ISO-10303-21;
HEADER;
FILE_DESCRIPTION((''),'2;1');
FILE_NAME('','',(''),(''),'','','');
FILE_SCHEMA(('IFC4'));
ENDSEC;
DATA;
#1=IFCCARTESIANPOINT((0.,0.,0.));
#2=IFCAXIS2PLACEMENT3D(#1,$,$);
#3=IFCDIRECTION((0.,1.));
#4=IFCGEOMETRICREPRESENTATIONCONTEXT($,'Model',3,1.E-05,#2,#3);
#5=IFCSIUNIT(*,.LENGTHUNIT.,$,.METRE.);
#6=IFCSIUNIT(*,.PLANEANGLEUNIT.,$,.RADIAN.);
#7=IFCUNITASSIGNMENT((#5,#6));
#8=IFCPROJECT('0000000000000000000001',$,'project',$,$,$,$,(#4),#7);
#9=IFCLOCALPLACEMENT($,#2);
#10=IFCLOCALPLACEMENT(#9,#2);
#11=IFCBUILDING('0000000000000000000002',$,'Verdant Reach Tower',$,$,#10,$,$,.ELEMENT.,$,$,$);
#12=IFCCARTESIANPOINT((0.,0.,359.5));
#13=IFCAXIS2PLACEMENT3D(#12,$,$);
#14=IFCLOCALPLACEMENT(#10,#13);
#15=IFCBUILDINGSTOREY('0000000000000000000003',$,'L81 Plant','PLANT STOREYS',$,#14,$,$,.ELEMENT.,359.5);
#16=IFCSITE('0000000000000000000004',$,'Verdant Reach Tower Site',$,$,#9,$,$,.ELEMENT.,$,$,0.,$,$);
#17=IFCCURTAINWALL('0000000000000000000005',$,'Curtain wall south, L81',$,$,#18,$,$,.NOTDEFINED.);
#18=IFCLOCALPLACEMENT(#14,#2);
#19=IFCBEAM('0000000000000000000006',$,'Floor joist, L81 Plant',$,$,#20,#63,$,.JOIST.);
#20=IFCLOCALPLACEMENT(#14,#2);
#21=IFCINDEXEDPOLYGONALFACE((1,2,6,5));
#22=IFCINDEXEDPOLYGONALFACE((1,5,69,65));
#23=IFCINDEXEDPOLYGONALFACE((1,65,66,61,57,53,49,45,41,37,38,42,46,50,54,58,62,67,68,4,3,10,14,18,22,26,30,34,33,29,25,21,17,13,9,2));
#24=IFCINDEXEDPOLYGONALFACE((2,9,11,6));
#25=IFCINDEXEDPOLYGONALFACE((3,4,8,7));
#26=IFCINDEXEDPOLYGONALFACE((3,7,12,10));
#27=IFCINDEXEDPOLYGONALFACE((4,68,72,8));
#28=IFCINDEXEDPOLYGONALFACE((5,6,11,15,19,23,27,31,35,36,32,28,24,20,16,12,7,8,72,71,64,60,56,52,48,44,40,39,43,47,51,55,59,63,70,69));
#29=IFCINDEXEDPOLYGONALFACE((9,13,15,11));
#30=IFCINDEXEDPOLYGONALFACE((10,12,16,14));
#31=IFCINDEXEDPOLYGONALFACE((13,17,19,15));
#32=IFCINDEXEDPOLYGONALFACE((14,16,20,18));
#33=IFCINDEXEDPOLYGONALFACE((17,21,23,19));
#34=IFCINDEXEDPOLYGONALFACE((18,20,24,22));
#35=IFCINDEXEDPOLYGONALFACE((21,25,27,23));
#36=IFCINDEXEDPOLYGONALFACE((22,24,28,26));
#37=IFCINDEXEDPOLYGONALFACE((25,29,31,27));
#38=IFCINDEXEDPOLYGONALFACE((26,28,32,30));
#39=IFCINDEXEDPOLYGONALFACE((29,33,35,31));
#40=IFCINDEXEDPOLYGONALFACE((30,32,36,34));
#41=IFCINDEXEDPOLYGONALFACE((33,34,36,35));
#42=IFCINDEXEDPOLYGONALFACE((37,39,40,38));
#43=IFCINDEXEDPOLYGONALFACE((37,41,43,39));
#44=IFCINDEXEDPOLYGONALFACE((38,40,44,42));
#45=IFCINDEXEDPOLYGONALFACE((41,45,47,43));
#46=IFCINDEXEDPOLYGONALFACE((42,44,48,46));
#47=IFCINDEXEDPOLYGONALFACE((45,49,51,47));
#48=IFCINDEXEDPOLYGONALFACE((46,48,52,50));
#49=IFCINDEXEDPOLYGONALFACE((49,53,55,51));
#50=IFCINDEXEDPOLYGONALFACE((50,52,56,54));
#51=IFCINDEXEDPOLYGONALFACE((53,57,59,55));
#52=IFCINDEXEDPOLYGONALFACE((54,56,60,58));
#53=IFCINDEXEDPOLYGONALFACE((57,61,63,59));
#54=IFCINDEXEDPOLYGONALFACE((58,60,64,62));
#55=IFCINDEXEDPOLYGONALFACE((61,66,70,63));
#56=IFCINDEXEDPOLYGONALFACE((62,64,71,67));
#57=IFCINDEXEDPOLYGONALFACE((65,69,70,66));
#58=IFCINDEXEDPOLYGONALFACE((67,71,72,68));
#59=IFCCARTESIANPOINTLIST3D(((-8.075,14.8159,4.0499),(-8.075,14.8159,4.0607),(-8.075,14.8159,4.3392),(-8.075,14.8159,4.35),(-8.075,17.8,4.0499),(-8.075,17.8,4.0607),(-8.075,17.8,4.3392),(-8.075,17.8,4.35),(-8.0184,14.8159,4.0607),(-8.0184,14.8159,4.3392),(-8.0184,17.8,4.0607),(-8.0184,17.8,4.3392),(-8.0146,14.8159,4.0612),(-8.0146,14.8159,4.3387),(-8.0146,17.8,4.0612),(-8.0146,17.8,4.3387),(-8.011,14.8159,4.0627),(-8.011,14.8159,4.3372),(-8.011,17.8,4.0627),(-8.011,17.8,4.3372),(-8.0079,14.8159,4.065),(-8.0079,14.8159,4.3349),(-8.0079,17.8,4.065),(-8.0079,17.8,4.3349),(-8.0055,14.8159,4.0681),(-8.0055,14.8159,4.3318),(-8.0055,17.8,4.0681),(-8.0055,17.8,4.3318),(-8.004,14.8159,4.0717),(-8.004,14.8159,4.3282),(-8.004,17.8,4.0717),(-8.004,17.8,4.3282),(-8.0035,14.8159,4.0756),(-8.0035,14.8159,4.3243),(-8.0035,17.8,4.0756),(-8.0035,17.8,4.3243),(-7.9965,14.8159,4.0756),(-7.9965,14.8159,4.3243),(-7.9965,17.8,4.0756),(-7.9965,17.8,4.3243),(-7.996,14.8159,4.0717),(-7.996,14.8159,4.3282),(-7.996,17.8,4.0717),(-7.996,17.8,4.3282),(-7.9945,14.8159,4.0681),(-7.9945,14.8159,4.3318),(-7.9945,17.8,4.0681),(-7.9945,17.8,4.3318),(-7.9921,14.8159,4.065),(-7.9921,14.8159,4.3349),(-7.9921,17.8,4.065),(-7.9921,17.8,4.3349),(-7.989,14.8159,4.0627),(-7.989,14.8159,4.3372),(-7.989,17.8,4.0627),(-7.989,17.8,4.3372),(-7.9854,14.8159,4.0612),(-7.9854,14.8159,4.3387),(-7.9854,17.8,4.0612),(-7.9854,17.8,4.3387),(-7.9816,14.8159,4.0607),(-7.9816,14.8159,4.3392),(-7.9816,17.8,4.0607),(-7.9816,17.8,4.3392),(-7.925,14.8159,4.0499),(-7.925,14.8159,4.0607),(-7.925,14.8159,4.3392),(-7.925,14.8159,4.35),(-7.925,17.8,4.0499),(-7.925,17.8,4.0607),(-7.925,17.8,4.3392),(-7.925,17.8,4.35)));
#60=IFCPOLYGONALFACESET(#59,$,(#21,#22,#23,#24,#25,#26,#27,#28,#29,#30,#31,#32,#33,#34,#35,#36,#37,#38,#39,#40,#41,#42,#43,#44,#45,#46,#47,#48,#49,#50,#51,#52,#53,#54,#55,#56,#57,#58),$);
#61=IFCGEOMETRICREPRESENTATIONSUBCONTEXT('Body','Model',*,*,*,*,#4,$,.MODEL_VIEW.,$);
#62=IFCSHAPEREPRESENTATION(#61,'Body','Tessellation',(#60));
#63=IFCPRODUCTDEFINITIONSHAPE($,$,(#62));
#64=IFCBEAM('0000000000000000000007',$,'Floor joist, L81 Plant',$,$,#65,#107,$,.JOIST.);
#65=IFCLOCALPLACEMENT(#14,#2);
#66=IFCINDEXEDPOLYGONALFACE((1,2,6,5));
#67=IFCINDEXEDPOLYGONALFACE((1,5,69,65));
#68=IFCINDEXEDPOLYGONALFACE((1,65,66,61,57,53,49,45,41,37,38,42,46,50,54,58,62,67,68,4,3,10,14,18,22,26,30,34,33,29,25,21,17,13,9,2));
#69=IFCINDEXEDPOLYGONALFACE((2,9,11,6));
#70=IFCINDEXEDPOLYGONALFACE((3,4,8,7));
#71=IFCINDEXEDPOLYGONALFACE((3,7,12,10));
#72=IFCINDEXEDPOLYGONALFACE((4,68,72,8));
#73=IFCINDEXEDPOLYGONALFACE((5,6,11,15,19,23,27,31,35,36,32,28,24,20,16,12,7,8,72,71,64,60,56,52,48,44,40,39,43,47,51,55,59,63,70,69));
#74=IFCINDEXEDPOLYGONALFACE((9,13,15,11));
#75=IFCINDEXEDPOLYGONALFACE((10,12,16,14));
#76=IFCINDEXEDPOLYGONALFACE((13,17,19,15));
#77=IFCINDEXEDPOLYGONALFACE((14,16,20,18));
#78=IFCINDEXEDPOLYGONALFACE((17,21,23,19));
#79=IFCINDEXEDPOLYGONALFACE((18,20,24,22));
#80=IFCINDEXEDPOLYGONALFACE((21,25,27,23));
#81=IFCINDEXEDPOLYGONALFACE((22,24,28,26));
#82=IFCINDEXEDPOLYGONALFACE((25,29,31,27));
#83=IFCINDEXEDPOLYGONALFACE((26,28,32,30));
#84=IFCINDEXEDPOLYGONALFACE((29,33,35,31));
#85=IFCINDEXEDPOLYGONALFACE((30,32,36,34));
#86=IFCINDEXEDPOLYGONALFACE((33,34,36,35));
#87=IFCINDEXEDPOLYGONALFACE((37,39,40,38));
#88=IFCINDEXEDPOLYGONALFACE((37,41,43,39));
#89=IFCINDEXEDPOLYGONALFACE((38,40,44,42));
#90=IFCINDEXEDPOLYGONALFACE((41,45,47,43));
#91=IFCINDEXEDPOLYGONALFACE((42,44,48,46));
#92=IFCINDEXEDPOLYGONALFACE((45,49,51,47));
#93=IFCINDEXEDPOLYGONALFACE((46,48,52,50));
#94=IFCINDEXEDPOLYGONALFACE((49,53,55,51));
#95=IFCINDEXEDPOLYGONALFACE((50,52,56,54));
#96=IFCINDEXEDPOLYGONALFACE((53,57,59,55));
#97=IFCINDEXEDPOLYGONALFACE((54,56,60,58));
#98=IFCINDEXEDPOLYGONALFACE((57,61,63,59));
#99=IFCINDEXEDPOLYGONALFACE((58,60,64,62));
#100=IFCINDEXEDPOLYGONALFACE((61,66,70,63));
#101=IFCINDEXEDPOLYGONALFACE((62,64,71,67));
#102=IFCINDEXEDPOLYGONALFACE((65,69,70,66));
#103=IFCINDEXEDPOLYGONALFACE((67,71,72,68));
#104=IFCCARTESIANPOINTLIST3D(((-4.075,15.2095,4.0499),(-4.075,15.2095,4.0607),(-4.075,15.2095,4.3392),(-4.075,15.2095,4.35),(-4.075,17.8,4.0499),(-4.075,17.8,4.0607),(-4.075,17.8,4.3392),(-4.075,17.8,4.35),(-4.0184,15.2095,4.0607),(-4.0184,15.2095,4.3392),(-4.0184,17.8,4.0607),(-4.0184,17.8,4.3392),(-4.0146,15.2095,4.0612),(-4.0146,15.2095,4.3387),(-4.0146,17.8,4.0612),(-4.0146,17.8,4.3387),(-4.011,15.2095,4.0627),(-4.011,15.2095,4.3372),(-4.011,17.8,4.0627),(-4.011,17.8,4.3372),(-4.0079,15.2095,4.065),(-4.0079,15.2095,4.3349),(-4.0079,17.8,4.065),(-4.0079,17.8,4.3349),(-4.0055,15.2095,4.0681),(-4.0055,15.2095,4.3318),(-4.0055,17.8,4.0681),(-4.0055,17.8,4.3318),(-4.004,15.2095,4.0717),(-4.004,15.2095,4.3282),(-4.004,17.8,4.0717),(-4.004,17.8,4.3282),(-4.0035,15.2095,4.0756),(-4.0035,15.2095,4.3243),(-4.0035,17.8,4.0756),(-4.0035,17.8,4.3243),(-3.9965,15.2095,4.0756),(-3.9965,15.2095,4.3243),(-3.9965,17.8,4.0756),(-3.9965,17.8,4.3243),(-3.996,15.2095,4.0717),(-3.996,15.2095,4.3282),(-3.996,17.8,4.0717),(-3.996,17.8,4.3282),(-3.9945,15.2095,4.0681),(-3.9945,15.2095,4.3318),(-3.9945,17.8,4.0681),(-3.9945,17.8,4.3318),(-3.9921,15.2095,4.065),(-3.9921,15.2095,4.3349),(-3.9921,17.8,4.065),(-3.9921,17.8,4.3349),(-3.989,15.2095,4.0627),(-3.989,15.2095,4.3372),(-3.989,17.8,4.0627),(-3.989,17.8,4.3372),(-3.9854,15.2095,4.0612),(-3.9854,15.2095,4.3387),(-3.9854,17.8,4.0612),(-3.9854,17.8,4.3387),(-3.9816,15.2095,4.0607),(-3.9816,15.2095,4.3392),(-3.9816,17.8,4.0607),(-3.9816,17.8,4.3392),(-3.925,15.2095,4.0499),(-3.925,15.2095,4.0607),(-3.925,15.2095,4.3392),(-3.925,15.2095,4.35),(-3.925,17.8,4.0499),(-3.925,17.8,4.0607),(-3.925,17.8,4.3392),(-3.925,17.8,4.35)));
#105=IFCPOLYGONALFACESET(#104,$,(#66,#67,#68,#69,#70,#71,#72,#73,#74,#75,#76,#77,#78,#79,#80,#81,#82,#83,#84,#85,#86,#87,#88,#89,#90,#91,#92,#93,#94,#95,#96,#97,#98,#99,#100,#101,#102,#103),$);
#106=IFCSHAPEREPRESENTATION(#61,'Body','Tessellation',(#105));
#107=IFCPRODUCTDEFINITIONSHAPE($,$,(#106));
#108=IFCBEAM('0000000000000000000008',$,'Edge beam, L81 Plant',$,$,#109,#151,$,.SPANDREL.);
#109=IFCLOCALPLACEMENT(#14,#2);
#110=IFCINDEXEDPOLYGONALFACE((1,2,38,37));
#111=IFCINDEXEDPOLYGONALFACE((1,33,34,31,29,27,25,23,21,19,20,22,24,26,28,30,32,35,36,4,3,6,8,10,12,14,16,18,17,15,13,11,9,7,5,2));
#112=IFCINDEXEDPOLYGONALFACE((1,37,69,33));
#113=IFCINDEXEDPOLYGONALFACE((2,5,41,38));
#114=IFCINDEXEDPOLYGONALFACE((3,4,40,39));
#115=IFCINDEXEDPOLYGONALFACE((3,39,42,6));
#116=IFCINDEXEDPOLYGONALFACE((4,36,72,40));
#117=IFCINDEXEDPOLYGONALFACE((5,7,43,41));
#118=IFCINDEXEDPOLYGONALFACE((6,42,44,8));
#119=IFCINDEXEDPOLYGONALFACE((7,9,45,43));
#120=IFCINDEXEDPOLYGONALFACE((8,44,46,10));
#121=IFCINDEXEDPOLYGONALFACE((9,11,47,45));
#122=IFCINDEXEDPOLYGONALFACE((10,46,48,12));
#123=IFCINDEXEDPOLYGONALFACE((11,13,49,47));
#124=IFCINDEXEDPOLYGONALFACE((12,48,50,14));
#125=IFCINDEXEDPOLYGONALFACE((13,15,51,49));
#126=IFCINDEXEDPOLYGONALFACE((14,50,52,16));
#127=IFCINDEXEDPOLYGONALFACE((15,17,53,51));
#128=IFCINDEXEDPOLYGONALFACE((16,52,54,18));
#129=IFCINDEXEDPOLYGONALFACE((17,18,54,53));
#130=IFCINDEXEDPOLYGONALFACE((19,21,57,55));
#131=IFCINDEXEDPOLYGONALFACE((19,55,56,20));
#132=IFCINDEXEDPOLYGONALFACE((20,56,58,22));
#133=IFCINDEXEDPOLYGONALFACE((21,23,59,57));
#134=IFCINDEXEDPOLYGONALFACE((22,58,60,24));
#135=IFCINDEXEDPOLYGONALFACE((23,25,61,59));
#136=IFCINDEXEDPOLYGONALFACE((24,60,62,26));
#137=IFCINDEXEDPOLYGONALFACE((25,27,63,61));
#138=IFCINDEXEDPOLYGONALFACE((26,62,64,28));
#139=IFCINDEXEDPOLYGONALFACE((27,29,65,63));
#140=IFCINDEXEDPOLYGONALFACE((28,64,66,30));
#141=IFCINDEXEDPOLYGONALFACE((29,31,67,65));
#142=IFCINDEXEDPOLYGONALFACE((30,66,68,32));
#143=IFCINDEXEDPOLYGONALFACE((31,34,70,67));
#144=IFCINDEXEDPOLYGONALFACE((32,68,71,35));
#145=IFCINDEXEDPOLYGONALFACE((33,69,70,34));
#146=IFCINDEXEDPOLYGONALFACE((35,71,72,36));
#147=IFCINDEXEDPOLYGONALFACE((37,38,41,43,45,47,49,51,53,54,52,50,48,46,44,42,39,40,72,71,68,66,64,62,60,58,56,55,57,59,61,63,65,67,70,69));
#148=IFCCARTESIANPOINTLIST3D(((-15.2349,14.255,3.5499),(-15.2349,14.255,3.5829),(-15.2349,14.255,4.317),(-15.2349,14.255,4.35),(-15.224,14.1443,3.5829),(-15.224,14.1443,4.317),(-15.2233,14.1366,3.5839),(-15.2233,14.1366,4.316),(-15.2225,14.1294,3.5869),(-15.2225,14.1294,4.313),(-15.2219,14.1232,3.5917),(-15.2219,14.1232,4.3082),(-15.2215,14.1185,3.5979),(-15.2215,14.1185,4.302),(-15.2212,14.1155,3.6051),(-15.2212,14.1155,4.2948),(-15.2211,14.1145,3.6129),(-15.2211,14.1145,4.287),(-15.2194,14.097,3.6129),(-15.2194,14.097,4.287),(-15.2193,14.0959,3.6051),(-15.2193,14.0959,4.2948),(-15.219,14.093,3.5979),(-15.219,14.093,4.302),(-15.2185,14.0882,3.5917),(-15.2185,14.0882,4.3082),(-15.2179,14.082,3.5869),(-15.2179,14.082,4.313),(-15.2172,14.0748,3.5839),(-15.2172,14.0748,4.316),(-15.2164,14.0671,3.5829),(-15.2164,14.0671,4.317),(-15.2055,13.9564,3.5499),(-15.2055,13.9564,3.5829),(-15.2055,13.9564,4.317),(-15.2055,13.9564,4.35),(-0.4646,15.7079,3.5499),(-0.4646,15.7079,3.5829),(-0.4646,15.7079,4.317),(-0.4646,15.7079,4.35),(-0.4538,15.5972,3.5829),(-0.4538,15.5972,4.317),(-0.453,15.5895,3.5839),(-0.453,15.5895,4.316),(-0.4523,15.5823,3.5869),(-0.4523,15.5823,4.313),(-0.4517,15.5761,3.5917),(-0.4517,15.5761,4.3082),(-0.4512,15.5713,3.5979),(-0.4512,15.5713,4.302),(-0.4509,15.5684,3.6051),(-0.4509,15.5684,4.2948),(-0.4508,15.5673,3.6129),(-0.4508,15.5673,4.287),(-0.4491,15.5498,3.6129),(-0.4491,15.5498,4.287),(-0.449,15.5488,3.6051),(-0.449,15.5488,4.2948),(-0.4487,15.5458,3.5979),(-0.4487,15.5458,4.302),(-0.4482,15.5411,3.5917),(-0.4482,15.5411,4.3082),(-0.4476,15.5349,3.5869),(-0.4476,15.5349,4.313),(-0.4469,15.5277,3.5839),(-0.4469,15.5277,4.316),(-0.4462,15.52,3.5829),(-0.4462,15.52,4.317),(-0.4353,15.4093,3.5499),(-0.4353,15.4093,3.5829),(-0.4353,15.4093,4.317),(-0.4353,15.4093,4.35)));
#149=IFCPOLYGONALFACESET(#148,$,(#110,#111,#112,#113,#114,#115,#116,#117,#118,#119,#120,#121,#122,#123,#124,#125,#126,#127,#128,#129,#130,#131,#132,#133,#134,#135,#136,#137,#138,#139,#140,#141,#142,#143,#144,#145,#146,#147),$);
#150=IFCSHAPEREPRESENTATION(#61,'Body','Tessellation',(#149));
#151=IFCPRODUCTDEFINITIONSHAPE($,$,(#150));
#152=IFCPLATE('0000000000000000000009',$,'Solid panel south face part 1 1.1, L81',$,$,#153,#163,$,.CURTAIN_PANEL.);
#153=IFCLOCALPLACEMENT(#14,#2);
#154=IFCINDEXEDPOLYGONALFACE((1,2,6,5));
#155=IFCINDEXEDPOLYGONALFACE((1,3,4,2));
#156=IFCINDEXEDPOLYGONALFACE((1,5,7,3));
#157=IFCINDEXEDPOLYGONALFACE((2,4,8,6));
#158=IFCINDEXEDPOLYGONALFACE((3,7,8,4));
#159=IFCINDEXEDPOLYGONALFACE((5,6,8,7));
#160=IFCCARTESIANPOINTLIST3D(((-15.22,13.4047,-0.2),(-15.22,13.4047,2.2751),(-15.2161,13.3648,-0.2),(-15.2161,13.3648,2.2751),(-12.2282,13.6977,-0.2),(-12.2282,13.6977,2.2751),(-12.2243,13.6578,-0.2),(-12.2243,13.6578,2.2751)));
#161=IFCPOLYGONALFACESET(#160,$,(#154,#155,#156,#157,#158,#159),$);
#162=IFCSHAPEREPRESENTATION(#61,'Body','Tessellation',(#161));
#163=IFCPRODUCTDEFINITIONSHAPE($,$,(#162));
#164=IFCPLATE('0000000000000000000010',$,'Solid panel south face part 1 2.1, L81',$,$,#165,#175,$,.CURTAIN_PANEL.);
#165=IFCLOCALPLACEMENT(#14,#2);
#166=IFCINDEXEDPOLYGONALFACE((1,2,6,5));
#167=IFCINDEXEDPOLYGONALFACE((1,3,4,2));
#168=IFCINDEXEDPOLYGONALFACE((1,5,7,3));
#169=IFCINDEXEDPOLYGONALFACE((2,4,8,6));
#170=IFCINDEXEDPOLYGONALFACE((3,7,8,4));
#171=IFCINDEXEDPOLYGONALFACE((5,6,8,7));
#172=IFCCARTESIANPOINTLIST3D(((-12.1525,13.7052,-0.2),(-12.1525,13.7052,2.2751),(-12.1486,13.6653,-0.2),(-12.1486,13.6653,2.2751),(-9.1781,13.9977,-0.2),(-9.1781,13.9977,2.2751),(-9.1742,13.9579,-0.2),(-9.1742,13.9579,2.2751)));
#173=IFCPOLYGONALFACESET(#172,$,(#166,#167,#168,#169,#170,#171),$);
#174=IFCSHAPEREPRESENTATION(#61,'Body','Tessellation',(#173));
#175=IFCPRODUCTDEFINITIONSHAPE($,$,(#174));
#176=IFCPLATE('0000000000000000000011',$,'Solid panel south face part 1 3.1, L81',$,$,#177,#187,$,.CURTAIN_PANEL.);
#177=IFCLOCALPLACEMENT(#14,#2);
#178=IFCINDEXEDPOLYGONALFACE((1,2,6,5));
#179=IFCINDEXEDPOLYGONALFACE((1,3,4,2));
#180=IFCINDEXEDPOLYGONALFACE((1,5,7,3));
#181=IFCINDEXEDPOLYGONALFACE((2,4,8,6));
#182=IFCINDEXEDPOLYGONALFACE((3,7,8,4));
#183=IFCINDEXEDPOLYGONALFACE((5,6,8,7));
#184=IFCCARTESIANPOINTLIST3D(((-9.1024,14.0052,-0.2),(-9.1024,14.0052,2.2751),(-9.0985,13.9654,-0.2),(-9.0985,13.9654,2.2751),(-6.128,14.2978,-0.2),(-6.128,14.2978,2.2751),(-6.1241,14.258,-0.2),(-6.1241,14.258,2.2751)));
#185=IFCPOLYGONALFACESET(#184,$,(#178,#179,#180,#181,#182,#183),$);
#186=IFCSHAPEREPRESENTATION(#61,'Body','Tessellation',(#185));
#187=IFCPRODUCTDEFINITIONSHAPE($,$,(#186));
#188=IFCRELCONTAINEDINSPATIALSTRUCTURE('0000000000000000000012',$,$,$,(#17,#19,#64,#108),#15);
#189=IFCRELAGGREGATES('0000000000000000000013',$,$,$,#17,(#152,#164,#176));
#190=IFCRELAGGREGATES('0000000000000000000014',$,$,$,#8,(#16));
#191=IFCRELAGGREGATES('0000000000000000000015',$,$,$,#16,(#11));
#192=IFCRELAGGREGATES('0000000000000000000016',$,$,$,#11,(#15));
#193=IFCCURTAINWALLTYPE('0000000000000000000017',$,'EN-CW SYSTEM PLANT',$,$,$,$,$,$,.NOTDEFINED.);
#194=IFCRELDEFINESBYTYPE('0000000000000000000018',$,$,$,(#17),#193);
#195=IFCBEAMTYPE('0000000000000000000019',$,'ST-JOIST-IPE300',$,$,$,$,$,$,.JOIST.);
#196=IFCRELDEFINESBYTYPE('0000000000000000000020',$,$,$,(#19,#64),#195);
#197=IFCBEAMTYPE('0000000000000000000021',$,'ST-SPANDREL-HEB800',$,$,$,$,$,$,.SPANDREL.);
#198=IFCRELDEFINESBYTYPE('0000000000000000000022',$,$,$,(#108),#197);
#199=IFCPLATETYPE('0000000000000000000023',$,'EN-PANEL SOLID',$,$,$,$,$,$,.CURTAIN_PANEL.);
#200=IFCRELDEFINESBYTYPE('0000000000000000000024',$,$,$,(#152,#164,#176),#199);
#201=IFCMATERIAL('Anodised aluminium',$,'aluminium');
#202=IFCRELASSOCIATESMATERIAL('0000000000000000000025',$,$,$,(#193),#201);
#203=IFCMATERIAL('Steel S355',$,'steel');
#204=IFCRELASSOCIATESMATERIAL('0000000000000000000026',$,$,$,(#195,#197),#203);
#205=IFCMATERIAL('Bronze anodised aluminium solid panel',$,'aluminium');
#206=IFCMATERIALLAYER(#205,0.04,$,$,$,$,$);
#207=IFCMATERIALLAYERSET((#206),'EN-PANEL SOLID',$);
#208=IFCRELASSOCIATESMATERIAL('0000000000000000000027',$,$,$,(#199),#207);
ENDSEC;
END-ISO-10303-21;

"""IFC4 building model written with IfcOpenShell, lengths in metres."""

from ifc_helpers import new_model, si_unit, direction, frame, origin, origin_2d, place, context, subcontext, project, spatial, rectangle, i_section, extrude, material, layer, layer_set, material_profile, profile_set, type_object, element, aggregate, save


model = new_model("IFC4")

# Units and contexts
model_context = context("Model", 3, precision=1e-05, world=origin(), true_north=direction((0.0, 1.0)))
body_context = subcontext(model_context, "Body", "Model", "MODEL_VIEW")
ifc_project = project(units=[si_unit("LENGTHUNIT", "METRE"), si_unit("PLANEANGLEUNIT", "RADIAN")], contexts=[model_context])

# Site, building, storey
site_placement = place(None, origin())
site = spatial("IfcSite", under=ifc_project, at=site_placement, Name="Verdant Reach Tower Site", CompositionType="ELEMENT", RefElevation=0.0)
building_placement = place(site_placement, origin())
building = spatial("IfcBuilding", under=site, at=building_placement, Name="Verdant Reach Tower", CompositionType="ELEMENT")
storey_placement = place(building_placement, frame((0.0, 0.0, 359.5)))
storey = spatial("IfcBuildingStorey", under=building, at=storey_placement, Name="L81 Plant", Description="PLANT STOREYS", CompositionType="ELEMENT", Elevation=359.5)

# Curtain wall
ifc_material_1 = material(Name="Anodised aluminium", Category="aluminium")
curtain_wall_type = type_object("IfcCurtainWallType", Name="EN-CW SYSTEM PLANT", PredefinedType="NOTDEFINED", material=ifc_material_1)
curtain_wall_placement = place(storey_placement, origin())
curtain_wall = element("IfcCurtainWall", 1, at=curtain_wall_placement, inside=storey, type_object=curtain_wall_type, Name="Curtain wall south, L81", PredefinedType="NOTDEFINED")

# Beams
ifc_material_2 = material(Name="Steel S355", Category="steel")
ifc_material_profile_1 = material_profile(ifc_material_2, i_section(OverallWidth=0.1499, OverallDepth=0.3, WebThickness=0.0071, FlangeThickness=0.0107, FilletRadius=0.0149, at=origin_2d()), Name="IPE 300")
ifc_profile_set_1 = profile_set([ifc_material_profile_1], Name="Steel S355")
beam_type_1 = type_object("IfcBeamType", Name="ST-JOIST-IPE300", PredefinedType="JOIST", material=ifc_profile_set_1)
beam_1_placement = place(storey_placement, frame((-8.0, 17.8, 4.2), z_axis=(0.0, -1.0, 0.0), x_axis=(1.0, 0.0, 0.0)))
element("IfcBeam", 2, at=beam_1_placement, inside=storey, type_object=beam_type_1, Name="Floor joist, L81 Plant", PredefinedType="JOIST", context=body_context, shape_type="SweptSolid", body=[
    extrude(i_section(OverallWidth=0.1499, OverallDepth=0.3, WebThickness=0.0071, FlangeThickness=0.0107, FilletRadius=0.0149, at=origin_2d()), origin(), (0.0, 0.0, 1.0), 2.9841),
])
beam_2_placement = place(storey_placement, frame((-4.0, 17.8, 4.2), z_axis=(0.0, -1.0, 0.0), x_axis=(1.0, 0.0, 0.0)))
element("IfcBeam", 3, at=beam_2_placement, inside=storey, type_object=beam_type_1, Name="Floor joist, L81 Plant", PredefinedType="JOIST", context=body_context, shape_type="SweptSolid", body=[
    extrude(i_section(OverallWidth=0.1499, OverallDepth=0.3, WebThickness=0.0071, FlangeThickness=0.0107, FilletRadius=0.0149, at=origin_2d()), origin(), (0.0, 0.0, 1.0), 2.5906),
])
ifc_material_profile_2 = material_profile(ifc_material_2, i_section(OverallWidth=0.3, OverallDepth=0.8, WebThickness=0.0176, FlangeThickness=0.033, FilletRadius=0.03, at=origin_2d()), Name="HEB 800")
ifc_profile_set_2 = profile_set([ifc_material_profile_2], Name="Steel S355")
beam_type_2 = type_object("IfcBeamType", Name="ST-SPANDREL-HEB800", PredefinedType="SPANDREL", material=ifc_profile_set_2)
beam_3_placement = place(storey_placement, frame((-0.45, 15.5586, 3.95), z_axis=(-0.995197, -0.097893, 0.0), x_axis=(0.097893, -0.995197, 0.0)))
element("IfcBeam", 4, at=beam_3_placement, inside=storey, type_object=beam_type_2, Name="Edge beam, L81 Plant", PredefinedType="SPANDREL", context=body_context, shape_type="SweptSolid", body=[
    extrude(i_section(OverallWidth=0.3, OverallDepth=0.8, WebThickness=0.0176, FlangeThickness=0.033, FilletRadius=0.03, at=origin_2d()), origin(), (0.0, 0.0, 1.0), 14.8416),
])

# Plates
ifc_material_3 = material(Name="Bronze anodised aluminium solid panel", Category="aluminium")
ifc_layer_1 = layer(ifc_material_3, 0.04)
ifc_layer_set_1 = layer_set([ifc_layer_1], Name="EN-PANEL SOLID")
plate_type = type_object("IfcPlateType", Name="EN-PANEL SOLID", PredefinedType="CURTAIN_PANEL", material=ifc_layer_set_1)
plate_1_placement = place(storey_placement, frame((-13.7222, 13.5312, -0.2), z_axis=(0.0, 0.0, 1.0), x_axis=(0.995238, 0.097473, 0.0)))
plate_1 = element("IfcPlate", 5, at=plate_1_placement, type_object=plate_type, Name="Solid panel south face part 1 1.1, L81", PredefinedType="CURTAIN_PANEL", context=body_context, shape_type="SweptSolid", body=[
    extrude(rectangle(XDim=3.0061, YDim=0.04, at=origin_2d()), origin(), (0.0, 0.0, 1.0), 2.4751),
])
plate_2_placement = place(storey_placement, frame((-10.6633, 13.8315, -0.2), z_axis=(0.0, 0.0, 1.0), x_axis=(0.995197, 0.097888, 0.0)))
plate_2 = element("IfcPlate", 6, at=plate_2_placement, type_object=plate_type, Name="Solid panel south face part 1 2.1, L81", PredefinedType="CURTAIN_PANEL", context=body_context, shape_type="SweptSolid", body=[
    extrude(rectangle(XDim=2.9888, YDim=0.04, at=origin_2d()), origin(), (0.0, 0.0, 1.0), 2.4751),
])
plate_3_placement = place(storey_placement, frame((-7.6133, 14.1316, -0.2), z_axis=(0.0, 0.0, 1.0), x_axis=(0.995197, 0.097888, 0.0)))
plate_3 = element("IfcPlate", 7, at=plate_3_placement, type_object=plate_type, Name="Solid panel south face part 1 3.1, L81", PredefinedType="CURTAIN_PANEL", context=body_context, shape_type="SweptSolid", body=[
    extrude(rectangle(XDim=2.9888, YDim=0.04, at=origin_2d()), origin(), (0.0, 0.0, 1.0), 2.4751),
])

aggregate(curtain_wall, [plate_1, plate_2, plate_3])

save(model, "model.ifc")
